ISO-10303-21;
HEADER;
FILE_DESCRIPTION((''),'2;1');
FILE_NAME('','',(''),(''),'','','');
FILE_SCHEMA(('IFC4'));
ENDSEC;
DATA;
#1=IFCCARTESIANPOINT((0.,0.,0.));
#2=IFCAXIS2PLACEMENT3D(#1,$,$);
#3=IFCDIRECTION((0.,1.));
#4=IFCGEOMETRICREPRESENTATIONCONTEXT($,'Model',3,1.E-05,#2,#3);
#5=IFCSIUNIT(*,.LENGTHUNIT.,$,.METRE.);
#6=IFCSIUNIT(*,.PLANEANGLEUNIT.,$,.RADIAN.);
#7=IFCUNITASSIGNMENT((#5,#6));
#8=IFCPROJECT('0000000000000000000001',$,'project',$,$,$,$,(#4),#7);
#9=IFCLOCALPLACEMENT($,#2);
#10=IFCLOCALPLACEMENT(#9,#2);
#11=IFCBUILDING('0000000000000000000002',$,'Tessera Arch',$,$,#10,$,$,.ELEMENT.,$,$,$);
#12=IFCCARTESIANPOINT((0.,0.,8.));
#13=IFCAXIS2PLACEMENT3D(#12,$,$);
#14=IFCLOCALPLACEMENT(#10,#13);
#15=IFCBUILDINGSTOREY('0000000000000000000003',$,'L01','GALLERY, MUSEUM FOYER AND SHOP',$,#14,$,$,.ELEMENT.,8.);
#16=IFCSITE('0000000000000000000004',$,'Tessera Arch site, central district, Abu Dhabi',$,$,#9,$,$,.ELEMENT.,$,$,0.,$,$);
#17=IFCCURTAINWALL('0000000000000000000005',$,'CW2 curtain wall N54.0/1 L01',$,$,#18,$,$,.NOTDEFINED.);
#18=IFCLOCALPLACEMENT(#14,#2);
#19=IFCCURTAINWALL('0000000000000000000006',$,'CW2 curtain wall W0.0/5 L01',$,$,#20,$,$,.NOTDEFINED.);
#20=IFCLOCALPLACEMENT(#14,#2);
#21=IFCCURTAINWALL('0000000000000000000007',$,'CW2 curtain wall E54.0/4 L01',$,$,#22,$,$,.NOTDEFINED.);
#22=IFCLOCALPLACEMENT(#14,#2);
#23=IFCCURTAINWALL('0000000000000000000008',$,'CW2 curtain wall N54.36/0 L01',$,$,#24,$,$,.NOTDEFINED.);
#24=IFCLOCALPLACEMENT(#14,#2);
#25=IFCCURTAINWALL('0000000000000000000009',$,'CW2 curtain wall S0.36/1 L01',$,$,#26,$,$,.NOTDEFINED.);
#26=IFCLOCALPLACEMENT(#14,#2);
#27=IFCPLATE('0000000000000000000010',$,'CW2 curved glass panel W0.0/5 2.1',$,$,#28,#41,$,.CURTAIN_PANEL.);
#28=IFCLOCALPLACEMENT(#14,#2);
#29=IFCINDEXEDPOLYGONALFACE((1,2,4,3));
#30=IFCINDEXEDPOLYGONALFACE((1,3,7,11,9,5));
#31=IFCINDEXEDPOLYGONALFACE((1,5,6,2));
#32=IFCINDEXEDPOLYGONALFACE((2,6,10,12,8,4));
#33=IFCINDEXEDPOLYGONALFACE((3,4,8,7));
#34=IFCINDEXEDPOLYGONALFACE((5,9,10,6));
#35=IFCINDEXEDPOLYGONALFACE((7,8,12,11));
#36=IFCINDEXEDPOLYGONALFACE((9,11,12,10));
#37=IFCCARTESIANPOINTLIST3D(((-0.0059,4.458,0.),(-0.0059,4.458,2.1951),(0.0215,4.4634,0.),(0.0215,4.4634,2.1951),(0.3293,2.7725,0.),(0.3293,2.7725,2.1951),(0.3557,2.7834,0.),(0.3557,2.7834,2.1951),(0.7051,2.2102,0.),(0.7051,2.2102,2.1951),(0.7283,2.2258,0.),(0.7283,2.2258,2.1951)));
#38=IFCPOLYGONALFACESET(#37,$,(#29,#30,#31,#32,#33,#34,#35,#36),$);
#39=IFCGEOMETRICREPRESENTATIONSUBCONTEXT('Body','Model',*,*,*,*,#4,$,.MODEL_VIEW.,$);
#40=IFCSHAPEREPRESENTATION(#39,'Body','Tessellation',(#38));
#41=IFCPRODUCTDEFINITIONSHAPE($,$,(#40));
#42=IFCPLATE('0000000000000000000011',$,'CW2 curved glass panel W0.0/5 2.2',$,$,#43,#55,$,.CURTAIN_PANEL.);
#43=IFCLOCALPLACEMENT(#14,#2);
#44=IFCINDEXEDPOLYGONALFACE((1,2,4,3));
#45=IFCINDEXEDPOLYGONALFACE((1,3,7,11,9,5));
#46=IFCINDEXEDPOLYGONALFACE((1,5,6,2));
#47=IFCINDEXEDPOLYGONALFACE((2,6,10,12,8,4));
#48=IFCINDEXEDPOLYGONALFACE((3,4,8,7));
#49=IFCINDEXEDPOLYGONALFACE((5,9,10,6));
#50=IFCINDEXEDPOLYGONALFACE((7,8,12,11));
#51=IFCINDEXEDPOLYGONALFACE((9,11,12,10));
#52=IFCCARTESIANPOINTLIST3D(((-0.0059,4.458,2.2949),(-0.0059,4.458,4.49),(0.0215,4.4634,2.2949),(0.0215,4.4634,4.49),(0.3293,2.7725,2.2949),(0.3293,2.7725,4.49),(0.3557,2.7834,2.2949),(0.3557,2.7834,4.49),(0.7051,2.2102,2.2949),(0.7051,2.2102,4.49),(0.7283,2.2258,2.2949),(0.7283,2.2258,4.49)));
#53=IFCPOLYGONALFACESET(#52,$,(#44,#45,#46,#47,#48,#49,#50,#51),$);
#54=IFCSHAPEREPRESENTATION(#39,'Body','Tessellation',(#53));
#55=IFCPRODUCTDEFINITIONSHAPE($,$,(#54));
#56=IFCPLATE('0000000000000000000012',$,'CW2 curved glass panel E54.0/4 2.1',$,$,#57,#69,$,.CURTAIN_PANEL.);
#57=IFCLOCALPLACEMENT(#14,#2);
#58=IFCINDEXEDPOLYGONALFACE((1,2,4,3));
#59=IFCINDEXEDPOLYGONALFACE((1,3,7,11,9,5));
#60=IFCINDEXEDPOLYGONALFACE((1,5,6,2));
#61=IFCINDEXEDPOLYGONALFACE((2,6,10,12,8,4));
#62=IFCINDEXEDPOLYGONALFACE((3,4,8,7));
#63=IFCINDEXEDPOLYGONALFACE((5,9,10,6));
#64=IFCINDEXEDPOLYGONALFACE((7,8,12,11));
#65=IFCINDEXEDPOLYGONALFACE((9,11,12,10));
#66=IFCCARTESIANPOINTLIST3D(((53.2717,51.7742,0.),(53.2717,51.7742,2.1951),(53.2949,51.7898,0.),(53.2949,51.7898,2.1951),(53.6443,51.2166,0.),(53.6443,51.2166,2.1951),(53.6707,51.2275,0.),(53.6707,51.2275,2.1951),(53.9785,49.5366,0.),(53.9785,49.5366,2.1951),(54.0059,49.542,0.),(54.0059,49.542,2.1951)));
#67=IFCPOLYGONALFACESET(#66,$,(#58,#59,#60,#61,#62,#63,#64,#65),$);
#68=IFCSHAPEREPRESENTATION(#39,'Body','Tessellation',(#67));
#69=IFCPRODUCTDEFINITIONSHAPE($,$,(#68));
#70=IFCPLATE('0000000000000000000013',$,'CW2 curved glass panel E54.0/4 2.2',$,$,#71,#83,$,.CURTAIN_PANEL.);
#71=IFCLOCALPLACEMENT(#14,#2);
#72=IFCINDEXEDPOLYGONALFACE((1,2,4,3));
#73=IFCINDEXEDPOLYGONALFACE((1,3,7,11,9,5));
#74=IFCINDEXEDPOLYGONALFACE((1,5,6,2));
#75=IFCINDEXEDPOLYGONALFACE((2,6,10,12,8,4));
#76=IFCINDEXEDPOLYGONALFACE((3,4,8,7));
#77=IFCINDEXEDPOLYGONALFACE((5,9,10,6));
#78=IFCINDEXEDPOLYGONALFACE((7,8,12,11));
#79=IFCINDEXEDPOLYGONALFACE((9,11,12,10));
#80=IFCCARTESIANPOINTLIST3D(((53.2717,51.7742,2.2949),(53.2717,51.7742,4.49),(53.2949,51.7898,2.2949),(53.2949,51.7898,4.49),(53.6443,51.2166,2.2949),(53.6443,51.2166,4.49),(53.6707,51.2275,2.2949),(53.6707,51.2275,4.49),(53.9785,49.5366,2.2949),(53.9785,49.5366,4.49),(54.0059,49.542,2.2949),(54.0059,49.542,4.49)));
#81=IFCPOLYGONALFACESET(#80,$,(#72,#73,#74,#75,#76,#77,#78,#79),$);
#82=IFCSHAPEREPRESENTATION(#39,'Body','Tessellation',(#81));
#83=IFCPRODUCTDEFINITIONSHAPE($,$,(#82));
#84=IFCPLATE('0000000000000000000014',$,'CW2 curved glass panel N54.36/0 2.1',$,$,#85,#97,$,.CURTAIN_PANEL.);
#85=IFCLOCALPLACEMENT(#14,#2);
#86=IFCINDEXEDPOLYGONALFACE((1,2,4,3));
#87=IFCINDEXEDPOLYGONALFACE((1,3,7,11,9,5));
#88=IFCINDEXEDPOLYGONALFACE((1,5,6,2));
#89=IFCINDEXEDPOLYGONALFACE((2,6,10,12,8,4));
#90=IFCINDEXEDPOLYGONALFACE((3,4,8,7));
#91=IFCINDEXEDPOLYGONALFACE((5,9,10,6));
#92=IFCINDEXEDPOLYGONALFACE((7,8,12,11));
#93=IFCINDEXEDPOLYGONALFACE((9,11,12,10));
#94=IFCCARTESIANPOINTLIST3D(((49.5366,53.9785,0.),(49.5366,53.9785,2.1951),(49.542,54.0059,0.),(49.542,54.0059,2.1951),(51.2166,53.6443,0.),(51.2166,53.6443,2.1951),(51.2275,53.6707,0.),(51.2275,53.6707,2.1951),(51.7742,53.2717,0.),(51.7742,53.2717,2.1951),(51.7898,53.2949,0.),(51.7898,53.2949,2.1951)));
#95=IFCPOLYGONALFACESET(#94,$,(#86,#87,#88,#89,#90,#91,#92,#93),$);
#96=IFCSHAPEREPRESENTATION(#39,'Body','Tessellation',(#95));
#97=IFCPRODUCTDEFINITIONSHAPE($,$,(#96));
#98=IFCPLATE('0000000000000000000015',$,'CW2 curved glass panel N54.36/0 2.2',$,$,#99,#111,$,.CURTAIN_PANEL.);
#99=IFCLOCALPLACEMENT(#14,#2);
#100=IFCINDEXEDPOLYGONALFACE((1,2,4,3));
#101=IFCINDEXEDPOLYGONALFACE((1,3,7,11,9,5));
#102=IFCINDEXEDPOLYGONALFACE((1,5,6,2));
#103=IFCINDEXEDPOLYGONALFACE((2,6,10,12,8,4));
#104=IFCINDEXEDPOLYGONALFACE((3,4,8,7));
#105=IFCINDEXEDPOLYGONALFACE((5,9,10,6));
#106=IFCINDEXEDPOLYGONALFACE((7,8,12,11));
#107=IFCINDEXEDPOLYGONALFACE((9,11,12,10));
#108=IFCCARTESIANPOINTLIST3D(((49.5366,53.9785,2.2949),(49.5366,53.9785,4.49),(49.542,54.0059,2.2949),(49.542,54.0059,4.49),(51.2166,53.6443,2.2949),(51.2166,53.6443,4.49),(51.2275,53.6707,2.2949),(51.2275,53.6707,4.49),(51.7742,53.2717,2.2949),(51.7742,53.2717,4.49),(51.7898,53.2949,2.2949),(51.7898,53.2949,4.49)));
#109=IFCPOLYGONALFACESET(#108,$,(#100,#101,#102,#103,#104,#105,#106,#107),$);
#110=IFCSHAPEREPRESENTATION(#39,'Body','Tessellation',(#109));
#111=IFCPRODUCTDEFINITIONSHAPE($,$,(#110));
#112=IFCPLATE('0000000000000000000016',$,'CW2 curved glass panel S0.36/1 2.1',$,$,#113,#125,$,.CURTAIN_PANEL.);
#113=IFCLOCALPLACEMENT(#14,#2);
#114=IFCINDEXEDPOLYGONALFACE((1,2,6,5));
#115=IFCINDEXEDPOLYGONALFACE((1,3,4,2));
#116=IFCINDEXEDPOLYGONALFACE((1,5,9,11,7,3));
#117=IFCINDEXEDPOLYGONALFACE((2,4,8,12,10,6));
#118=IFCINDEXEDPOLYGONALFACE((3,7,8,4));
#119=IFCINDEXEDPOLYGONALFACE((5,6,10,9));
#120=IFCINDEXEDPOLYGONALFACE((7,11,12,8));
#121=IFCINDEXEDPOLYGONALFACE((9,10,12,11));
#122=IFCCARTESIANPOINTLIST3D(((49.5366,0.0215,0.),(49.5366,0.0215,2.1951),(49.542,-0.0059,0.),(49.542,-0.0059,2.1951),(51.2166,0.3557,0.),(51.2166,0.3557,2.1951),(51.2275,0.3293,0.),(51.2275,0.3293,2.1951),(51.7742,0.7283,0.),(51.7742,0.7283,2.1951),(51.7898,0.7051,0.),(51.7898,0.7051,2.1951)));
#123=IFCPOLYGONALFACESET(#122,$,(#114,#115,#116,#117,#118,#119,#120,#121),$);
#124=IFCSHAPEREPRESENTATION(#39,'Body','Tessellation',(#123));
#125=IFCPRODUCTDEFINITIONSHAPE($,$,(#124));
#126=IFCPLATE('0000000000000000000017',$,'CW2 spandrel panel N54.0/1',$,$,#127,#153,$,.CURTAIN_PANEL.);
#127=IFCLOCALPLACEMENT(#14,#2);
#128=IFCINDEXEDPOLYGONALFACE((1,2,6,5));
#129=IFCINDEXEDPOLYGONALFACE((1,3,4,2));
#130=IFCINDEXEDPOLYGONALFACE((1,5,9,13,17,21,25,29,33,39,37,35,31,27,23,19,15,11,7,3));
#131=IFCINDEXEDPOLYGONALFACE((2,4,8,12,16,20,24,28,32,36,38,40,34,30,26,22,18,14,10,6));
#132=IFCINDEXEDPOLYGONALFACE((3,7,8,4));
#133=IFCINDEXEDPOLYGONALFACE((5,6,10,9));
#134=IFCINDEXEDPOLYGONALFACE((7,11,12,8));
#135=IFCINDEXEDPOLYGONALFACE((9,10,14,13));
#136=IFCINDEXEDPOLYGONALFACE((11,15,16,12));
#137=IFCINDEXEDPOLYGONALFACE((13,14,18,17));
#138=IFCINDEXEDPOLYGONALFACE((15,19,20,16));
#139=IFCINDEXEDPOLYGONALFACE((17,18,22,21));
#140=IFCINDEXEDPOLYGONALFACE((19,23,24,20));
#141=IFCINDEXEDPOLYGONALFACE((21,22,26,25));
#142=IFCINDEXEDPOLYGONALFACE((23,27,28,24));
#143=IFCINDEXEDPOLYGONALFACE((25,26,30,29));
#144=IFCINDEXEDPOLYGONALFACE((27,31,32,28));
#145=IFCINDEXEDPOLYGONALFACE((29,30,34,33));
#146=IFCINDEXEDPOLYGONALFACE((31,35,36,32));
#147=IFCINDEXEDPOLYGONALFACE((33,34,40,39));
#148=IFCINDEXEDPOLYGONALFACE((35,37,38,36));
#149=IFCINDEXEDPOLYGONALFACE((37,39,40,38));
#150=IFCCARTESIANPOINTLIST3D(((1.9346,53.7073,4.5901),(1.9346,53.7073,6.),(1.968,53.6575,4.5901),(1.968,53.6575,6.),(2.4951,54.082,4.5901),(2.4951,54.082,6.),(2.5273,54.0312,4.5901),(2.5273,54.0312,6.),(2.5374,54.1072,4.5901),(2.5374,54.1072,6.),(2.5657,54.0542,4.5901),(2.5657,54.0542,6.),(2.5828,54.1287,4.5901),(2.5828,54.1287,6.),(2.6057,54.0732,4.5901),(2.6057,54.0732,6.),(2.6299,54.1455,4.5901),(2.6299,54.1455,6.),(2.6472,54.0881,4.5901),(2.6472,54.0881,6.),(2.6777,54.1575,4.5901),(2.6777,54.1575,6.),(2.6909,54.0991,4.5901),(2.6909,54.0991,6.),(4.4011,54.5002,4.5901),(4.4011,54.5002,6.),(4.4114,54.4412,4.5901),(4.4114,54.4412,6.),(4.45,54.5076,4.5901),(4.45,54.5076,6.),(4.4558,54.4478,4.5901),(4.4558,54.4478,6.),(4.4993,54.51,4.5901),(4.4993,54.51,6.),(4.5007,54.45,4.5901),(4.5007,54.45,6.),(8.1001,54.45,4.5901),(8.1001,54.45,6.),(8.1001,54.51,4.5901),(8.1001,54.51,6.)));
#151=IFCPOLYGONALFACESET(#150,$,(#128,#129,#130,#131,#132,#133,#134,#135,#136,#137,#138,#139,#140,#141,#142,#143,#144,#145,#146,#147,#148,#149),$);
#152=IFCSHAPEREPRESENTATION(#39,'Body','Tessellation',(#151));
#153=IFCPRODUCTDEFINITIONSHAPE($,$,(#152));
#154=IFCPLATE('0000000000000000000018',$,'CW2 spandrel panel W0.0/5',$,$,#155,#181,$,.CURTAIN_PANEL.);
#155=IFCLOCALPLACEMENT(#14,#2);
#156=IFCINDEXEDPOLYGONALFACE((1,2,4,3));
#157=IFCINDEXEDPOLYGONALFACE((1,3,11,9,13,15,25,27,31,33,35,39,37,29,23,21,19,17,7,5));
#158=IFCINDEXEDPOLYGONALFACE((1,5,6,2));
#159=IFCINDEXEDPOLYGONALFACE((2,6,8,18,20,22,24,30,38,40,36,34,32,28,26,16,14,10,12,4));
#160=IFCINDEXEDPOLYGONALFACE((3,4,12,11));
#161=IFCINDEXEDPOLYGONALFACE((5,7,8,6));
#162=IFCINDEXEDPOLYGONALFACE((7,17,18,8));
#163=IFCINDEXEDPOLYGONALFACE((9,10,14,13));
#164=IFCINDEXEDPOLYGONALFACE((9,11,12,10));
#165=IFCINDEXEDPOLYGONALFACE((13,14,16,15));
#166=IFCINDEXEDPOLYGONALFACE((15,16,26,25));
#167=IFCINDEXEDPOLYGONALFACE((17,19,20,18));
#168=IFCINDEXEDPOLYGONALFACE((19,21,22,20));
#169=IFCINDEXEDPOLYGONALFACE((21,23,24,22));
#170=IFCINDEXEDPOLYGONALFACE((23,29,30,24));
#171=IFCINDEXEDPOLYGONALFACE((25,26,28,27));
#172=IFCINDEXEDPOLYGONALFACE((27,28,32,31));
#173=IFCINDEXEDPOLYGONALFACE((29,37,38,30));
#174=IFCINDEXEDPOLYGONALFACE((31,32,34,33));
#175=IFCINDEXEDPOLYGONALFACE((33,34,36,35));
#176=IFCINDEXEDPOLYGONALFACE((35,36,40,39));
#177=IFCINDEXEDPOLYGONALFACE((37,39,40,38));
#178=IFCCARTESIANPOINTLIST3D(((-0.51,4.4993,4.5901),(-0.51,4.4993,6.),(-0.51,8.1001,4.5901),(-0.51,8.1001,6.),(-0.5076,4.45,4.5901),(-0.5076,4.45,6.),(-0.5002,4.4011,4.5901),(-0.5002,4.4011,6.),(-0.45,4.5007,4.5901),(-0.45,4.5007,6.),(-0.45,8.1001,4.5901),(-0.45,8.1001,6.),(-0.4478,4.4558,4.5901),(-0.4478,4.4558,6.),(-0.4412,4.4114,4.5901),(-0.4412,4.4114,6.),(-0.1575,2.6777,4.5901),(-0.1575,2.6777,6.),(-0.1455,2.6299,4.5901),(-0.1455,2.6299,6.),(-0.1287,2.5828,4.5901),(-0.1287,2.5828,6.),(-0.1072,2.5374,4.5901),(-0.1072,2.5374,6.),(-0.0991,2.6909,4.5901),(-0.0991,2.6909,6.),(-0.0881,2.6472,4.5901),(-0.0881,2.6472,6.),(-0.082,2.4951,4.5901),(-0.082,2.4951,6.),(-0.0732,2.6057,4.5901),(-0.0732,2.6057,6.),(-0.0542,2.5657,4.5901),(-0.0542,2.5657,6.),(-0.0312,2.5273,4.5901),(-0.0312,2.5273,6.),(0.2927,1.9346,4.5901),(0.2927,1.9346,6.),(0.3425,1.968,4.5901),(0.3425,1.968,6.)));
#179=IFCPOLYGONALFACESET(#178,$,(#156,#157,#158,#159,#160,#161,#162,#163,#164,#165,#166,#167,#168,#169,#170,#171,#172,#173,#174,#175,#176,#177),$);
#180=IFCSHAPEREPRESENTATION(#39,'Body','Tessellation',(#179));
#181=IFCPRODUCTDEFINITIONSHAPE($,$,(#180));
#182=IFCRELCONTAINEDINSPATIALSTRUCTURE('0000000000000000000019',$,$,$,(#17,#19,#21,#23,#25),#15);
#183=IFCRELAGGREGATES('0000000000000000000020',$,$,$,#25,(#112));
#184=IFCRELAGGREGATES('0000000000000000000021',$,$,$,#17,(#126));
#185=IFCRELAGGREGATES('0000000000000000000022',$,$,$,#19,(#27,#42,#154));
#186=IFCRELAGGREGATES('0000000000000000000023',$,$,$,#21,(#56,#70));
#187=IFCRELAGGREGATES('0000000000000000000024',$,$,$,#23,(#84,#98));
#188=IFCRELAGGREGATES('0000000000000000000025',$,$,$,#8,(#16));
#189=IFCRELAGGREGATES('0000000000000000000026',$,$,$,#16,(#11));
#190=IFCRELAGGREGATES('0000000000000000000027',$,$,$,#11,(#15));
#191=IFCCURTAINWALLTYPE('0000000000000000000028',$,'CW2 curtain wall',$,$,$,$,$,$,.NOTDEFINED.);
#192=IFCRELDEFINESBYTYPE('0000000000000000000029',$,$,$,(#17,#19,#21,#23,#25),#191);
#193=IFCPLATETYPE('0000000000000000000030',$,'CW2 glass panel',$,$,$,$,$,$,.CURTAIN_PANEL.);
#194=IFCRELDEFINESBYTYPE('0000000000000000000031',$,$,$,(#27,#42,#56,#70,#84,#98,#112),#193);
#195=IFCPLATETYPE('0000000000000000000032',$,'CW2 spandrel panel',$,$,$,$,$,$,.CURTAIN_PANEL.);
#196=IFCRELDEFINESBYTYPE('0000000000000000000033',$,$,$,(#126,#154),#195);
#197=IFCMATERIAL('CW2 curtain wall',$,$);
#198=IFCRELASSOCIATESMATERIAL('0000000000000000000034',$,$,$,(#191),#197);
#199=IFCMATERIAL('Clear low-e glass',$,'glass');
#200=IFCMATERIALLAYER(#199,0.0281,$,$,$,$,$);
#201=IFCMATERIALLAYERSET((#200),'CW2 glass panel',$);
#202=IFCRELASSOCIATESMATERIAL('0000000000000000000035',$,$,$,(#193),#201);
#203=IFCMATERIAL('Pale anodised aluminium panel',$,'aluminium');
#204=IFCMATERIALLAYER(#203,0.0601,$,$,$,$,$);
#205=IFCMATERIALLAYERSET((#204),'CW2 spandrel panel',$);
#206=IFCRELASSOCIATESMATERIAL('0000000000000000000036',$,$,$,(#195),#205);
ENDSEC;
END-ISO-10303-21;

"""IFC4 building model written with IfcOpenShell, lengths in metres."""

from ifc_helpers import new_model, si_unit, direction, frame, origin, place, context, subcontext, project, spatial, polyline, outline, extrude, material, layer, layer_set, type_object, element, aggregate, save


model = new_model("IFC4")

# Units and contexts
model_context = context("Model", 3, precision=1e-05, world=origin(), true_north=direction((0.0, 1.0)))
body_context = subcontext(model_context, "Body", "Model", "MODEL_VIEW")
ifc_project = project(units=[si_unit("LENGTHUNIT", "METRE"), si_unit("PLANEANGLEUNIT", "RADIAN")], contexts=[model_context])

# Site, building, storey
site_placement = place(None, origin())
site = spatial("IfcSite", under=ifc_project, at=site_placement, Name="Tessera Arch site, central district, Abu Dhabi", CompositionType="ELEMENT", RefElevation=0.0)
building_placement = place(site_placement, origin())
building = spatial("IfcBuilding", under=site, at=building_placement, Name="Tessera Arch", CompositionType="ELEMENT")
storey_placement = place(building_placement, frame((0.0, 0.0, 8.0)))
storey = spatial("IfcBuildingStorey", under=building, at=storey_placement, Name="L01", Description="GALLERY, MUSEUM FOYER AND SHOP", CompositionType="ELEMENT", Elevation=8.0)

# Curtain wall
ifc_material_1 = material(Name="CW2 curtain wall")
curtain_wall_type = type_object("IfcCurtainWallType", Name="CW2 curtain wall", PredefinedType="NOTDEFINED", material=ifc_material_1)
curtain_wall_1_placement = place(storey_placement, origin())
curtain_wall_1 = element("IfcCurtainWall", 1, at=curtain_wall_1_placement, inside=storey, type_object=curtain_wall_type, Name="CW2 curtain wall N54.0/1 L01", PredefinedType="NOTDEFINED")

# Curtain walls
curtain_wall_2_placement = place(storey_placement, origin())
curtain_wall_2 = element("IfcCurtainWall", 2, at=curtain_wall_2_placement, inside=storey, type_object=curtain_wall_type, Name="CW2 curtain wall W0.0/5 L01", PredefinedType="NOTDEFINED")
curtain_wall_3_placement = place(storey_placement, origin())
curtain_wall_3 = element("IfcCurtainWall", 3, at=curtain_wall_3_placement, inside=storey, type_object=curtain_wall_type, Name="CW2 curtain wall E54.0/4 L01", PredefinedType="NOTDEFINED")
curtain_wall_4_placement = place(storey_placement, origin())
curtain_wall_4 = element("IfcCurtainWall", 4, at=curtain_wall_4_placement, inside=storey, type_object=curtain_wall_type, Name="CW2 curtain wall N54.36/0 L01", PredefinedType="NOTDEFINED")
curtain_wall_5_placement = place(storey_placement, origin())
curtain_wall_5 = element("IfcCurtainWall", 5, at=curtain_wall_5_placement, inside=storey, type_object=curtain_wall_type, Name="CW2 curtain wall S0.36/1 L01", PredefinedType="NOTDEFINED")

# Plates
ifc_material_2 = material(Name="Clear low-e glass", Category="glass")
ifc_layer_1 = layer(ifc_material_2, 0.0281)
ifc_layer_set_1 = layer_set([ifc_layer_1], Name="CW2 glass panel")
plate_type_1 = type_object("IfcPlateType", Name="CW2 glass panel", PredefinedType="CURTAIN_PANEL", material=ifc_layer_set_1)
plate_1_placement = place(storey_placement, origin())
plate_1 = element("IfcPlate", 6, at=plate_1_placement, type_object=plate_type_1, Name="CW2 curved glass panel W0.0/5 2.1", PredefinedType="CURTAIN_PANEL", context=body_context, shape_type="SweptSolid", body=[
    extrude(outline(polyline([(0.3557, 2.7834), (0.0215, 4.4634), (-0.0059, 4.458), (0.3293, 2.7725), (0.7051, 2.2102), (0.7283, 2.2258), (0.3557, 2.7834)])), origin(), (0.0, 0.0, 1.0), 2.1951),
])
plate_2_placement = place(storey_placement, frame((0.0, 0.0, 2.2949)))
plate_2 = element("IfcPlate", 7, at=plate_2_placement, type_object=plate_type_1, Name="CW2 curved glass panel W0.0/5 2.2", PredefinedType="CURTAIN_PANEL", context=body_context, shape_type="SweptSolid", body=[
    extrude(outline(polyline([(0.3557, 2.7834), (0.0215, 4.4634), (-0.0059, 4.458), (0.3293, 2.7725), (0.7051, 2.2102), (0.7283, 2.2258), (0.3557, 2.7834)])), origin(), (0.0, 0.0, 1.0), 2.1951),
])
plate_3_placement = place(storey_placement, origin())
plate_3 = element("IfcPlate", 8, at=plate_3_placement, type_object=plate_type_1, Name="CW2 curved glass panel E54.0/4 2.1", PredefinedType="CURTAIN_PANEL", context=body_context, shape_type="SweptSolid", body=[
    extrude(outline(polyline([(53.6443, 51.2166), (53.9785, 49.5366), (54.0059, 49.542), (53.6707, 51.2275), (53.2949, 51.7898), (53.2717, 51.7742), (53.6443, 51.2166)])), origin(), (0.0, 0.0, 1.0), 2.1951),
])
plate_4_placement = place(storey_placement, frame((0.0, 0.0, 2.2949)))
plate_4 = element("IfcPlate", 9, at=plate_4_placement, type_object=plate_type_1, Name="CW2 curved glass panel E54.0/4 2.2", PredefinedType="CURTAIN_PANEL", context=body_context, shape_type="SweptSolid", body=[
    extrude(outline(polyline([(53.6443, 51.2166), (53.9785, 49.5366), (54.0059, 49.542), (53.6707, 51.2275), (53.2949, 51.7898), (53.2717, 51.7742), (53.6443, 51.2166)])), origin(), (0.0, 0.0, 1.0), 2.1951),
])
plate_5_placement = place(storey_placement, origin())
plate_5 = element("IfcPlate", 10, at=plate_5_placement, type_object=plate_type_1, Name="CW2 curved glass panel N54.36/0 2.1", PredefinedType="CURTAIN_PANEL", context=body_context, shape_type="SweptSolid", body=[
    extrude(outline(polyline([(51.2166, 53.6443), (51.7742, 53.2717), (51.7898, 53.2949), (51.2275, 53.6707), (49.542, 54.0059), (49.5366, 53.9785), (51.2166, 53.6443)])), origin(), (0.0, 0.0, 1.0), 2.1951),
])
plate_6_placement = place(storey_placement, frame((0.0, 0.0, 2.2949)))
plate_6 = element("IfcPlate", 11, at=plate_6_placement, type_object=plate_type_1, Name="CW2 curved glass panel N54.36/0 2.2", PredefinedType="CURTAIN_PANEL", context=body_context, shape_type="SweptSolid", body=[
    extrude(outline(polyline([(51.2166, 53.6443), (51.7742, 53.2717), (51.7898, 53.2949), (51.2275, 53.6707), (49.542, 54.0059), (49.5366, 53.9785), (51.2166, 53.6443)])), origin(), (0.0, 0.0, 1.0), 2.1951),
])
plate_7_placement = place(storey_placement, origin())
plate_7 = element("IfcPlate", 12, at=plate_7_placement, type_object=plate_type_1, Name="CW2 curved glass panel S0.36/1 2.1", PredefinedType="CURTAIN_PANEL", context=body_context, shape_type="SweptSolid", body=[
    extrude(outline(polyline([(51.2166, 0.3557), (49.5366, 0.0215), (49.542, -0.0059), (51.2275, 0.3293), (51.7898, 0.7051), (51.7742, 0.7283), (51.2166, 0.3557)])), origin(), (0.0, 0.0, 1.0), 2.1951),
])
aggregate(curtain_wall_5, [plate_7])
ifc_material_3 = material(Name="Pale anodised aluminium panel", Category="aluminium")
ifc_layer_2 = layer(ifc_material_3, 0.0601)
ifc_layer_set_2 = layer_set([ifc_layer_2], Name="CW2 spandrel panel")
plate_type_2 = type_object("IfcPlateType", Name="CW2 spandrel panel", PredefinedType="CURTAIN_PANEL", material=ifc_layer_set_2)
plate_8_placement = place(storey_placement, frame((0.0, 0.0, 4.5901)))
plate_8 = element("IfcPlate", 13, at=plate_8_placement, type_object=plate_type_2, Name="CW2 spandrel panel N54.0/1", PredefinedType="CURTAIN_PANEL", context=body_context, shape_type="SweptSolid", body=[
    extrude(outline(polyline([(4.5007, 54.45), (8.1001, 54.45), (8.1001, 54.51), (4.4993, 54.51), (4.45, 54.5076), (4.4011, 54.5002), (2.6777, 54.1575), (2.6299, 54.1455), (2.5828, 54.1287), (2.5374, 54.1072), (2.4951, 54.082), (1.9346, 53.7073), (1.968, 53.6575), (2.5273, 54.0312), (2.5657, 54.0542), (2.6057, 54.0732), (2.6472, 54.0881), (2.6909, 54.0991), (4.4114, 54.4412), (4.4558, 54.4478), (4.5007, 54.45)])), origin(), (0.0, 0.0, 1.0), 1.4099),
])
aggregate(curtain_wall_1, [plate_8])
plate_9_placement = place(storey_placement, frame((0.0, 0.0, 4.5901)))
plate_9 = element("IfcPlate", 14, at=plate_9_placement, type_object=plate_type_2, Name="CW2 spandrel panel W0.0/5", PredefinedType="CURTAIN_PANEL", context=body_context, shape_type="SweptSolid", body=[
    extrude(outline(polyline([(-0.45, 4.5007), (-0.45, 8.1001), (-0.51, 8.1001), (-0.51, 4.4993), (-0.5076, 4.45), (-0.5002, 4.4011), (-0.1575, 2.6777), (-0.1455, 2.6299), (-0.1287, 2.5828), (-0.1072, 2.5374), (-0.082, 2.4951), (0.2927, 1.9346), (0.3425, 1.968), (-0.0312, 2.5273), (-0.0542, 2.5657), (-0.0732, 2.6057), (-0.0881, 2.6472), (-0.0991, 2.6909), (-0.4412, 4.4114), (-0.4478, 4.4558), (-0.45, 4.5007)])), origin(), (0.0, 0.0, 1.0), 1.4099),
])
aggregate(curtain_wall_2, [plate_1, plate_2, plate_9])
aggregate(curtain_wall_3, [plate_3, plate_4])
aggregate(curtain_wall_4, [plate_5, plate_6])

save(model, "model.ifc")
